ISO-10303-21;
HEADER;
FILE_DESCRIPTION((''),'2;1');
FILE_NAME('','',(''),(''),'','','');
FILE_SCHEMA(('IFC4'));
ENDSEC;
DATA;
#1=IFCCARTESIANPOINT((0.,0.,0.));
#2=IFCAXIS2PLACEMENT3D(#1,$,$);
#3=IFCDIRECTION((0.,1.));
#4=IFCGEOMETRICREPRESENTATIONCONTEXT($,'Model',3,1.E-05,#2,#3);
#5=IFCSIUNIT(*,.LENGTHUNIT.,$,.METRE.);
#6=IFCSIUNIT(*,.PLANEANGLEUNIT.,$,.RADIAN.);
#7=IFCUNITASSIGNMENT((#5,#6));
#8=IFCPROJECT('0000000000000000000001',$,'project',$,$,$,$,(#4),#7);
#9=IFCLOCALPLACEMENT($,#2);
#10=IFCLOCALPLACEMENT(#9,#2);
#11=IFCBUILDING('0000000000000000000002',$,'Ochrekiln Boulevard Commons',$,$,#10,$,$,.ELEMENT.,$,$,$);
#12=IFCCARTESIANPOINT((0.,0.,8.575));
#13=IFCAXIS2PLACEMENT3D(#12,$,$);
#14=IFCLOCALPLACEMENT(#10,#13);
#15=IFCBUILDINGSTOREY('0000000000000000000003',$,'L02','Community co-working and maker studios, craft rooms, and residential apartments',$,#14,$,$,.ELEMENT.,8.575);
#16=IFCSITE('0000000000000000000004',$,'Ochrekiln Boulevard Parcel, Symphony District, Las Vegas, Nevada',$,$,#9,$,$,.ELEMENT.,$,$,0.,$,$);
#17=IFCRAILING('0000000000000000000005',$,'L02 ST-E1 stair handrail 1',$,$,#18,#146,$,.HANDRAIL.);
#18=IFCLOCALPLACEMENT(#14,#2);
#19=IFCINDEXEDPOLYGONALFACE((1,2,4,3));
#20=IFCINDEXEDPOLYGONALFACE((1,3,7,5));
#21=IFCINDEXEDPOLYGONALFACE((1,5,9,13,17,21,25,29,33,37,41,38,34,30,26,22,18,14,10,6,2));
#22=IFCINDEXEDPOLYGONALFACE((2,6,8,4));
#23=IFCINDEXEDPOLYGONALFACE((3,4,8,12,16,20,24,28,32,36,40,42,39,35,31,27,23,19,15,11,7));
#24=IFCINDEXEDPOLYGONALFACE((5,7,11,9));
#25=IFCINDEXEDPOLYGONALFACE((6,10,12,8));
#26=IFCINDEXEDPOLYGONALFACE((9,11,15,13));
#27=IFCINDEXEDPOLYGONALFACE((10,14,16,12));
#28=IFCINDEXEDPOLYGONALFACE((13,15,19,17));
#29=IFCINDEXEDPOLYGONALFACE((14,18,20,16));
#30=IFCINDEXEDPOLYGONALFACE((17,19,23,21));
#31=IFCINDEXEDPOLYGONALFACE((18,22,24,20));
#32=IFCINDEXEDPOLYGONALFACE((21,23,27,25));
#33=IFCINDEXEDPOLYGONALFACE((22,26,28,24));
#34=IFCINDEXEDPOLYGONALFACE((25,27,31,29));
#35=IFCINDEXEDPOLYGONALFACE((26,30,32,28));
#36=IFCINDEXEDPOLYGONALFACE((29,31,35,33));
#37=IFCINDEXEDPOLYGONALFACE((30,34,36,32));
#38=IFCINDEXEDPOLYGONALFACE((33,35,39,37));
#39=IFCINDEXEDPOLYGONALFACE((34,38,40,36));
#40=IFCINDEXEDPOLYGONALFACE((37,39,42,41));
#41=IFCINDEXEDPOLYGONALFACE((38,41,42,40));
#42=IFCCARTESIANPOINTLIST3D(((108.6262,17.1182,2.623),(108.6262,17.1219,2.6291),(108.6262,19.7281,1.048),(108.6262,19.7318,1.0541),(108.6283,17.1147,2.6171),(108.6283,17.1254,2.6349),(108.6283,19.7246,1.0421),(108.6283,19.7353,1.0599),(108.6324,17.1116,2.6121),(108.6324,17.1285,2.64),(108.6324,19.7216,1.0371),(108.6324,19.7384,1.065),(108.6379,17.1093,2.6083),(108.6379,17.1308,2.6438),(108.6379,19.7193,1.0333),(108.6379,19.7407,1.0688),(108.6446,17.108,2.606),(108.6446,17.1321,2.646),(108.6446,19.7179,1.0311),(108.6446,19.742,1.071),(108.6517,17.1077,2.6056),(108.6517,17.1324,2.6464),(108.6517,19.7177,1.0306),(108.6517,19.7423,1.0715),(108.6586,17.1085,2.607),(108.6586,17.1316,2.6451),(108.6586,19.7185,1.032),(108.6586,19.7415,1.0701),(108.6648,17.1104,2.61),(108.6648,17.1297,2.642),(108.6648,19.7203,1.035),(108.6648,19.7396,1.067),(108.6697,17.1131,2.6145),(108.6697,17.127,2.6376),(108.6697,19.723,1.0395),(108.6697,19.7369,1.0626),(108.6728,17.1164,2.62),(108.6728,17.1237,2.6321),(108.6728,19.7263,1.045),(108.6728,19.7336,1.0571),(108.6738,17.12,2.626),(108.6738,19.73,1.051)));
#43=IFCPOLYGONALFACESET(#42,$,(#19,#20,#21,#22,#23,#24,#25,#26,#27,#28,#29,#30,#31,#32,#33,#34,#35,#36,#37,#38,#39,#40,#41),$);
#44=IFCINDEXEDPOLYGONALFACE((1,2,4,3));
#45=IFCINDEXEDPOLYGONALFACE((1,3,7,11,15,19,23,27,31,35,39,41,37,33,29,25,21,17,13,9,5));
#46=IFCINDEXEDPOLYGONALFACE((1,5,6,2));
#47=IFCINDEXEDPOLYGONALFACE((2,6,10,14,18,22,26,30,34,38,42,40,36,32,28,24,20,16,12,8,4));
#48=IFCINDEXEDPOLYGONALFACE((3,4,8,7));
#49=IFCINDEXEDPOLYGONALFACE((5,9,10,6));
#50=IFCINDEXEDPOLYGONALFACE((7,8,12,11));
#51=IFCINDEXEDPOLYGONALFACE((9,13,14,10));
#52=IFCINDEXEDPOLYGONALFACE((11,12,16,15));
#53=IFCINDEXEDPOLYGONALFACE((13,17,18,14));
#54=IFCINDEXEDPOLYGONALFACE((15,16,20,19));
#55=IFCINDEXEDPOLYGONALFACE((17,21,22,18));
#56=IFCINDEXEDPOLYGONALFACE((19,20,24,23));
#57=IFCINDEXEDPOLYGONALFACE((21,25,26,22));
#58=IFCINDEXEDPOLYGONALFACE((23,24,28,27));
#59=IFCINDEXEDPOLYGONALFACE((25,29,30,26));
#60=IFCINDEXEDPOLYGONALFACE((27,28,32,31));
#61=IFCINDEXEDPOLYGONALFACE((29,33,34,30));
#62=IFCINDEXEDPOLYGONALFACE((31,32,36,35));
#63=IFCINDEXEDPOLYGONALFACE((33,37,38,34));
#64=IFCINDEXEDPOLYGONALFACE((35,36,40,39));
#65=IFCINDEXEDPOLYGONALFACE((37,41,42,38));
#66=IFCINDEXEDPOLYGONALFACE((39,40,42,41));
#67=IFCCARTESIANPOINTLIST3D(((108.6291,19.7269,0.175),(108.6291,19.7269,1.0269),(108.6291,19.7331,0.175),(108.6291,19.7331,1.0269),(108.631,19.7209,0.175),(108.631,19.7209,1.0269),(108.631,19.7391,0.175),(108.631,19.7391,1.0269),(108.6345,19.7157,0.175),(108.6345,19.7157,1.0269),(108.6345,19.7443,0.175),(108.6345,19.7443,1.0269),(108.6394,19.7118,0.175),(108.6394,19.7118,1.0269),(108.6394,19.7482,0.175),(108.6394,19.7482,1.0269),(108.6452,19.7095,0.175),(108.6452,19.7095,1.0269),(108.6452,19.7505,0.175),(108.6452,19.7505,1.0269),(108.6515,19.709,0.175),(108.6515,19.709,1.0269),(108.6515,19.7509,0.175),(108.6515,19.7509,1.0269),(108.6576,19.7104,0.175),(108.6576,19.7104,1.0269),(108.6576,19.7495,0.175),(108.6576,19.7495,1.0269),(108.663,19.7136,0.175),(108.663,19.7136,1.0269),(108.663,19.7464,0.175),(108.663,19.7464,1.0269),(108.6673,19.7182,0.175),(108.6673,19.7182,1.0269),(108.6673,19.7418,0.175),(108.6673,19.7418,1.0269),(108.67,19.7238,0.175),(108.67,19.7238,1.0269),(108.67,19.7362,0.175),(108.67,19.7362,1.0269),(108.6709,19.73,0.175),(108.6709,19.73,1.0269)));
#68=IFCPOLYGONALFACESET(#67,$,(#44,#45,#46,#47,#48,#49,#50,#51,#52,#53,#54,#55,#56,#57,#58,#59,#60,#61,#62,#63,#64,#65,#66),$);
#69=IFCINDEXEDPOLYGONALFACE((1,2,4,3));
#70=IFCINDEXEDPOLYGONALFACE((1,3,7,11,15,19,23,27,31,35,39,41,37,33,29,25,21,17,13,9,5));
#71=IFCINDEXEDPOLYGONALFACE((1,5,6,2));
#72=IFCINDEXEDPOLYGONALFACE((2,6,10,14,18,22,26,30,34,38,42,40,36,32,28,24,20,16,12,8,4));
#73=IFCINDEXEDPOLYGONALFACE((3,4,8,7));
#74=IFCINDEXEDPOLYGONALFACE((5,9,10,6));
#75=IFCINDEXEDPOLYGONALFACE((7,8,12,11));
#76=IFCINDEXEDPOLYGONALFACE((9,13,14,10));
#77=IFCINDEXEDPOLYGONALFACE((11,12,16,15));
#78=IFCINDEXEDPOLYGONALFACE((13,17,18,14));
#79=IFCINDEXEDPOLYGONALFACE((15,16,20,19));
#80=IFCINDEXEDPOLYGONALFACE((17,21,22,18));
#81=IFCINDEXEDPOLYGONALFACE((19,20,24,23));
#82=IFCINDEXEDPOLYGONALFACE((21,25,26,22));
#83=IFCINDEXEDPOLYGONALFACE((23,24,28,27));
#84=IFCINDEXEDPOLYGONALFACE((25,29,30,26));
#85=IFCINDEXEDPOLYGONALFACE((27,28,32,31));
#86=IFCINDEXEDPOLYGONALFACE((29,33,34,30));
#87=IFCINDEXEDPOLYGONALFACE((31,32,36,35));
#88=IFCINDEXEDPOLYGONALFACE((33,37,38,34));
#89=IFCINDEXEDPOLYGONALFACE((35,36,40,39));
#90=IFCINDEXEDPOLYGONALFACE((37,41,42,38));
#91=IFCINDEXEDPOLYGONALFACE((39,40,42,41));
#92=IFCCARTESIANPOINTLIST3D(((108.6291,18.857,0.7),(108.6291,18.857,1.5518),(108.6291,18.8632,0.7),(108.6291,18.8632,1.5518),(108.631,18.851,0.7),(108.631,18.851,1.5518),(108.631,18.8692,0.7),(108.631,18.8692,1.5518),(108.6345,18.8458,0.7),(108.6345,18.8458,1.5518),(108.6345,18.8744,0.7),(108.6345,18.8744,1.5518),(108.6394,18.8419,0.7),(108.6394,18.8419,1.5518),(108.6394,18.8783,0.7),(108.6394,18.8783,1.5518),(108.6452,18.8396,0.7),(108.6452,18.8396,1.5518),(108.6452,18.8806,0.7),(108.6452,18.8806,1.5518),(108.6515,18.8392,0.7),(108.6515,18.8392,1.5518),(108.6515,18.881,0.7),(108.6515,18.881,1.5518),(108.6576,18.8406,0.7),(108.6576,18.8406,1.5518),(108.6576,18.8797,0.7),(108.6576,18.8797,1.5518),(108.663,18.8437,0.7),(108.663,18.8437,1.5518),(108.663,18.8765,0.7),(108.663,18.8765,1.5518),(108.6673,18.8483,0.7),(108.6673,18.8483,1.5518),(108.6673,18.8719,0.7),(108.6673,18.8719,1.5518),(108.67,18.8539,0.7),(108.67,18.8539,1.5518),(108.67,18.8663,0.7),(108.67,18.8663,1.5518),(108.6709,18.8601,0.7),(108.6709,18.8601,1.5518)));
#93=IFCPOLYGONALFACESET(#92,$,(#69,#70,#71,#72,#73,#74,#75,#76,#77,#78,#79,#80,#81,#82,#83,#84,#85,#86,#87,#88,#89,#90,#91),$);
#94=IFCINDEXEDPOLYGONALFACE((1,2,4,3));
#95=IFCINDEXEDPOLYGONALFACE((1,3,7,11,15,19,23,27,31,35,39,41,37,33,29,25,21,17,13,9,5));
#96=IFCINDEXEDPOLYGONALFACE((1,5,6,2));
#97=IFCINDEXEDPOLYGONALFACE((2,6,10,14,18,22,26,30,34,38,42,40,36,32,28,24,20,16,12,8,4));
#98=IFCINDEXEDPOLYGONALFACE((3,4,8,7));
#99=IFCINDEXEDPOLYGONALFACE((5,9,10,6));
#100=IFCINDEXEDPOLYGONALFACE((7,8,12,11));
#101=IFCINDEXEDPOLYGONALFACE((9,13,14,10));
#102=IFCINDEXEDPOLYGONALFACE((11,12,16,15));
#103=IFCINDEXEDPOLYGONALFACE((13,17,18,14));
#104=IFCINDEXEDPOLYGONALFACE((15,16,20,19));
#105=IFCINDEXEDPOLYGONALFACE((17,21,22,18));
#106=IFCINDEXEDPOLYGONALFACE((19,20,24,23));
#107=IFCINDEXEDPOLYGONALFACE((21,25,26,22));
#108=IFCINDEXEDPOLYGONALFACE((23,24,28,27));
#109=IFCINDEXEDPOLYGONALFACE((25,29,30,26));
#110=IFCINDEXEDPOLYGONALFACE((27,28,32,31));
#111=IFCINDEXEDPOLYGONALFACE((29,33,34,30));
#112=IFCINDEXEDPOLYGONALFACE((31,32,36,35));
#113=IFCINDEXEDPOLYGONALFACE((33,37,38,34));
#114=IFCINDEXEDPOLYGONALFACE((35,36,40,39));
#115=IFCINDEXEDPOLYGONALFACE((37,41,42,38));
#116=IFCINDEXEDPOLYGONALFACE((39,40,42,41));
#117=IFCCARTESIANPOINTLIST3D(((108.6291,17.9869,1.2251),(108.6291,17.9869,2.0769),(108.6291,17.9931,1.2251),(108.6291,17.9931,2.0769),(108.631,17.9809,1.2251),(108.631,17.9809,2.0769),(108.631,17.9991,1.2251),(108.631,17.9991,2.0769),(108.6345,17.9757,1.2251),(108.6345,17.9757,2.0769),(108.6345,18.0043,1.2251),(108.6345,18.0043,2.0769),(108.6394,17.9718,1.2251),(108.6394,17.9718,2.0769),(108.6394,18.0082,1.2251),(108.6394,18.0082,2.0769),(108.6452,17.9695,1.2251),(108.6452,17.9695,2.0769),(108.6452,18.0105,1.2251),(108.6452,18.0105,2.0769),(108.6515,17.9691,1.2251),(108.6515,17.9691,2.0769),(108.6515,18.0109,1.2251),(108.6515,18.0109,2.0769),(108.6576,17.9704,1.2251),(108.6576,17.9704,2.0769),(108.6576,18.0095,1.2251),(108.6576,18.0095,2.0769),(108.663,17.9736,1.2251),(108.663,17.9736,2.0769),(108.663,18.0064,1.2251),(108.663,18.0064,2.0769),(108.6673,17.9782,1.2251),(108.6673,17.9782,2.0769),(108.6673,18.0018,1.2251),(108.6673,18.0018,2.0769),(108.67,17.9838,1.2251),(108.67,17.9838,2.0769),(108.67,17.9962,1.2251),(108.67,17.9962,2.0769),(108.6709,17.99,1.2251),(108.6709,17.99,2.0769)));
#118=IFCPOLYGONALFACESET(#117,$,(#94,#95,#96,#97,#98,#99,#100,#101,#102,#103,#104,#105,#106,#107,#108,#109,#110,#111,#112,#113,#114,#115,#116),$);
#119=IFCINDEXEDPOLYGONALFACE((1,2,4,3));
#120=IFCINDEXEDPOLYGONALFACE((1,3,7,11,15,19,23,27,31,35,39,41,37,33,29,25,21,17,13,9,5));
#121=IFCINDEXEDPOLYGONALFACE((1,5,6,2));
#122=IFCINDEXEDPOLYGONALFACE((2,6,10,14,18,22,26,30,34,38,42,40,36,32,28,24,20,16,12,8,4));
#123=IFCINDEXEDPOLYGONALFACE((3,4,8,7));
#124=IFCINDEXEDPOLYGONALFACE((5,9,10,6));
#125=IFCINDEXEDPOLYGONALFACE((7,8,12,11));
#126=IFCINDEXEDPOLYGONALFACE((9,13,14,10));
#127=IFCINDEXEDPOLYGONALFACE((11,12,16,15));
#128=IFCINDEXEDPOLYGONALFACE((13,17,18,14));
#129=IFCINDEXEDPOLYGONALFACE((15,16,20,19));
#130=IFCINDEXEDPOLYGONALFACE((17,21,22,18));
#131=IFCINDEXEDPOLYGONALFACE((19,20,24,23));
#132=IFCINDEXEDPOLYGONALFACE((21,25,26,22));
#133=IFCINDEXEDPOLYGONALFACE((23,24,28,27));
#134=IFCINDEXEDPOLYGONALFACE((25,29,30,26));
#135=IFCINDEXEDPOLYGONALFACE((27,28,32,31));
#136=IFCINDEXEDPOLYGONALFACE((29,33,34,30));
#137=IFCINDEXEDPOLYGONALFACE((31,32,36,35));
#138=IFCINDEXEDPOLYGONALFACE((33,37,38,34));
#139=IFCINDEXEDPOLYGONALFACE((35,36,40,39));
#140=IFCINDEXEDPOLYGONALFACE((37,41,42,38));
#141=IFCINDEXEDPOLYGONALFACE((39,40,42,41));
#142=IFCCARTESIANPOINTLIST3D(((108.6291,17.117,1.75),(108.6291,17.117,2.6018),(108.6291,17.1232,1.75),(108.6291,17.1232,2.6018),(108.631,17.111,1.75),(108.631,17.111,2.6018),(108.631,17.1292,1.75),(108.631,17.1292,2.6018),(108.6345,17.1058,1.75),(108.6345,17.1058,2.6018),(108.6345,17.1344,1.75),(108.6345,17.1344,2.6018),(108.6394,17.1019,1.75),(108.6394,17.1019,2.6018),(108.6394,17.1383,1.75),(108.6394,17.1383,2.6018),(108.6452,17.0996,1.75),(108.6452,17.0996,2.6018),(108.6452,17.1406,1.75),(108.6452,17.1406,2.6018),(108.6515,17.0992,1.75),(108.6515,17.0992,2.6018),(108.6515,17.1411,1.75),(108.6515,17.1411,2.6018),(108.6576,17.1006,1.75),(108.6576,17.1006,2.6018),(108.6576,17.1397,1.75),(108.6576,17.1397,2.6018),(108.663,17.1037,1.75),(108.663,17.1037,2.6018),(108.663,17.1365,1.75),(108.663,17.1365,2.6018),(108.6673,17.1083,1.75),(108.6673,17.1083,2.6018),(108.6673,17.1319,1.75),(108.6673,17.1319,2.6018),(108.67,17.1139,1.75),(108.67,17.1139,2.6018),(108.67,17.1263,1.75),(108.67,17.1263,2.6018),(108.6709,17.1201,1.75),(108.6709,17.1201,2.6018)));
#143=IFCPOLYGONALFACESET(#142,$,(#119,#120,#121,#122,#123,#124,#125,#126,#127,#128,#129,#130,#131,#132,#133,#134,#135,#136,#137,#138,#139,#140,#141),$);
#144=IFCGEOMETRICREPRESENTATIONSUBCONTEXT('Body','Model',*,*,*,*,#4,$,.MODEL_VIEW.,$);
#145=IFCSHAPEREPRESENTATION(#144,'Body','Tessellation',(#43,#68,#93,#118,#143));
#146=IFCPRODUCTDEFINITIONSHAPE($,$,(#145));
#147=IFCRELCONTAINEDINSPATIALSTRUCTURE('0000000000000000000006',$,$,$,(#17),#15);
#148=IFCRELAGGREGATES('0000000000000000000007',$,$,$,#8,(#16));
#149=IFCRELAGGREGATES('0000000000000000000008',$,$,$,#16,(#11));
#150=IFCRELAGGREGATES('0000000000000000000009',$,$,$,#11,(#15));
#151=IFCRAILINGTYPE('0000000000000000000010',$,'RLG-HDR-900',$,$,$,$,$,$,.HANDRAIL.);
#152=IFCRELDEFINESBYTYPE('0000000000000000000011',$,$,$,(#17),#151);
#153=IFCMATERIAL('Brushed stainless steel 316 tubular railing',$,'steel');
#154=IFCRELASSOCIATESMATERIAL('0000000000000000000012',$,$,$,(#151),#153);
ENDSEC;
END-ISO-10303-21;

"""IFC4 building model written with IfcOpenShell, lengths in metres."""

from ifc_helpers import new_model, si_unit, direction, frame, origin, origin_2d, place, context, subcontext, project, spatial, circle, extrude, material, type_object, element, save


model = new_model("IFC4")

# Units and contexts
model_context = context("Model", 3, precision=1e-05, world=origin(), true_north=direction((0.0, 1.0)))
body_context = subcontext(model_context, "Body", "Model", "MODEL_VIEW")
ifc_project = project(units=[si_unit("LENGTHUNIT", "METRE"), si_unit("PLANEANGLEUNIT", "RADIAN")], contexts=[model_context])

# Site, building, storey
site_placement = place(None, origin())
site = spatial("IfcSite", under=ifc_project, at=site_placement, Name="Ochrekiln Boulevard Parcel, Symphony District, Las Vegas, Nevada", CompositionType="ELEMENT", RefElevation=0.0)
building_placement = place(site_placement, origin())
building = spatial("IfcBuilding", under=site, at=building_placement, Name="Ochrekiln Boulevard Commons", CompositionType="ELEMENT")
storey_placement = place(building_placement, frame((0.0, 0.0, 8.575)))
storey = spatial("IfcBuildingStorey", under=building, at=storey_placement, Name="L02", Description="Community co-working and maker studios, craft rooms, and residential apartments", CompositionType="ELEMENT", Elevation=8.575)

# Railing
ifc_material_1 = material(Name="Brushed stainless steel 316 tubular railing", Category="steel")
railing_type_1 = type_object("IfcRailingType", Name="RLG-HDR-900", PredefinedType="HANDRAIL", material=ifc_material_1)
for number, where, name in (
    (1, (108.6499, 19.73, 0.175), "L02 ST-E1 stair handrail 1"),
):
    element("IfcRailing", number, at=place(storey_placement, frame(where)), inside=storey, type_object=railing_type_1, Name=name, PredefinedType="HANDRAIL", context=body_context, shape_type="SweptSolid", body=[
        extrude(circle(Radius=0.0239, at=origin_2d()), frame((0.0, 0.0, 0.876), z_axis=(0.0, -0.856183, 0.516673), x_axis=(1.0, 0.0, 0.0)), (0.0, 0.0, 1.0), 3.0483),
        extrude(circle(Radius=0.021, at=origin_2d()), origin(), (0.0, 0.0, 1.0), 0.8518),
        extrude(circle(Radius=0.021, at=origin_2d()), frame((0.0, -0.8699, 0.5249)), (0.0, 0.0, 1.0), 0.8518),
        extrude(circle(Radius=0.021, at=origin_2d()), frame((0.0, -1.74, 1.05)), (0.0, 0.0, 1.0), 0.8518),
        extrude(circle(Radius=0.021, at=origin_2d()), frame((0.0, -2.6099, 1.575)), (0.0, 0.0, 1.0), 0.8518),
    ])

save(model, "model.ifc")
